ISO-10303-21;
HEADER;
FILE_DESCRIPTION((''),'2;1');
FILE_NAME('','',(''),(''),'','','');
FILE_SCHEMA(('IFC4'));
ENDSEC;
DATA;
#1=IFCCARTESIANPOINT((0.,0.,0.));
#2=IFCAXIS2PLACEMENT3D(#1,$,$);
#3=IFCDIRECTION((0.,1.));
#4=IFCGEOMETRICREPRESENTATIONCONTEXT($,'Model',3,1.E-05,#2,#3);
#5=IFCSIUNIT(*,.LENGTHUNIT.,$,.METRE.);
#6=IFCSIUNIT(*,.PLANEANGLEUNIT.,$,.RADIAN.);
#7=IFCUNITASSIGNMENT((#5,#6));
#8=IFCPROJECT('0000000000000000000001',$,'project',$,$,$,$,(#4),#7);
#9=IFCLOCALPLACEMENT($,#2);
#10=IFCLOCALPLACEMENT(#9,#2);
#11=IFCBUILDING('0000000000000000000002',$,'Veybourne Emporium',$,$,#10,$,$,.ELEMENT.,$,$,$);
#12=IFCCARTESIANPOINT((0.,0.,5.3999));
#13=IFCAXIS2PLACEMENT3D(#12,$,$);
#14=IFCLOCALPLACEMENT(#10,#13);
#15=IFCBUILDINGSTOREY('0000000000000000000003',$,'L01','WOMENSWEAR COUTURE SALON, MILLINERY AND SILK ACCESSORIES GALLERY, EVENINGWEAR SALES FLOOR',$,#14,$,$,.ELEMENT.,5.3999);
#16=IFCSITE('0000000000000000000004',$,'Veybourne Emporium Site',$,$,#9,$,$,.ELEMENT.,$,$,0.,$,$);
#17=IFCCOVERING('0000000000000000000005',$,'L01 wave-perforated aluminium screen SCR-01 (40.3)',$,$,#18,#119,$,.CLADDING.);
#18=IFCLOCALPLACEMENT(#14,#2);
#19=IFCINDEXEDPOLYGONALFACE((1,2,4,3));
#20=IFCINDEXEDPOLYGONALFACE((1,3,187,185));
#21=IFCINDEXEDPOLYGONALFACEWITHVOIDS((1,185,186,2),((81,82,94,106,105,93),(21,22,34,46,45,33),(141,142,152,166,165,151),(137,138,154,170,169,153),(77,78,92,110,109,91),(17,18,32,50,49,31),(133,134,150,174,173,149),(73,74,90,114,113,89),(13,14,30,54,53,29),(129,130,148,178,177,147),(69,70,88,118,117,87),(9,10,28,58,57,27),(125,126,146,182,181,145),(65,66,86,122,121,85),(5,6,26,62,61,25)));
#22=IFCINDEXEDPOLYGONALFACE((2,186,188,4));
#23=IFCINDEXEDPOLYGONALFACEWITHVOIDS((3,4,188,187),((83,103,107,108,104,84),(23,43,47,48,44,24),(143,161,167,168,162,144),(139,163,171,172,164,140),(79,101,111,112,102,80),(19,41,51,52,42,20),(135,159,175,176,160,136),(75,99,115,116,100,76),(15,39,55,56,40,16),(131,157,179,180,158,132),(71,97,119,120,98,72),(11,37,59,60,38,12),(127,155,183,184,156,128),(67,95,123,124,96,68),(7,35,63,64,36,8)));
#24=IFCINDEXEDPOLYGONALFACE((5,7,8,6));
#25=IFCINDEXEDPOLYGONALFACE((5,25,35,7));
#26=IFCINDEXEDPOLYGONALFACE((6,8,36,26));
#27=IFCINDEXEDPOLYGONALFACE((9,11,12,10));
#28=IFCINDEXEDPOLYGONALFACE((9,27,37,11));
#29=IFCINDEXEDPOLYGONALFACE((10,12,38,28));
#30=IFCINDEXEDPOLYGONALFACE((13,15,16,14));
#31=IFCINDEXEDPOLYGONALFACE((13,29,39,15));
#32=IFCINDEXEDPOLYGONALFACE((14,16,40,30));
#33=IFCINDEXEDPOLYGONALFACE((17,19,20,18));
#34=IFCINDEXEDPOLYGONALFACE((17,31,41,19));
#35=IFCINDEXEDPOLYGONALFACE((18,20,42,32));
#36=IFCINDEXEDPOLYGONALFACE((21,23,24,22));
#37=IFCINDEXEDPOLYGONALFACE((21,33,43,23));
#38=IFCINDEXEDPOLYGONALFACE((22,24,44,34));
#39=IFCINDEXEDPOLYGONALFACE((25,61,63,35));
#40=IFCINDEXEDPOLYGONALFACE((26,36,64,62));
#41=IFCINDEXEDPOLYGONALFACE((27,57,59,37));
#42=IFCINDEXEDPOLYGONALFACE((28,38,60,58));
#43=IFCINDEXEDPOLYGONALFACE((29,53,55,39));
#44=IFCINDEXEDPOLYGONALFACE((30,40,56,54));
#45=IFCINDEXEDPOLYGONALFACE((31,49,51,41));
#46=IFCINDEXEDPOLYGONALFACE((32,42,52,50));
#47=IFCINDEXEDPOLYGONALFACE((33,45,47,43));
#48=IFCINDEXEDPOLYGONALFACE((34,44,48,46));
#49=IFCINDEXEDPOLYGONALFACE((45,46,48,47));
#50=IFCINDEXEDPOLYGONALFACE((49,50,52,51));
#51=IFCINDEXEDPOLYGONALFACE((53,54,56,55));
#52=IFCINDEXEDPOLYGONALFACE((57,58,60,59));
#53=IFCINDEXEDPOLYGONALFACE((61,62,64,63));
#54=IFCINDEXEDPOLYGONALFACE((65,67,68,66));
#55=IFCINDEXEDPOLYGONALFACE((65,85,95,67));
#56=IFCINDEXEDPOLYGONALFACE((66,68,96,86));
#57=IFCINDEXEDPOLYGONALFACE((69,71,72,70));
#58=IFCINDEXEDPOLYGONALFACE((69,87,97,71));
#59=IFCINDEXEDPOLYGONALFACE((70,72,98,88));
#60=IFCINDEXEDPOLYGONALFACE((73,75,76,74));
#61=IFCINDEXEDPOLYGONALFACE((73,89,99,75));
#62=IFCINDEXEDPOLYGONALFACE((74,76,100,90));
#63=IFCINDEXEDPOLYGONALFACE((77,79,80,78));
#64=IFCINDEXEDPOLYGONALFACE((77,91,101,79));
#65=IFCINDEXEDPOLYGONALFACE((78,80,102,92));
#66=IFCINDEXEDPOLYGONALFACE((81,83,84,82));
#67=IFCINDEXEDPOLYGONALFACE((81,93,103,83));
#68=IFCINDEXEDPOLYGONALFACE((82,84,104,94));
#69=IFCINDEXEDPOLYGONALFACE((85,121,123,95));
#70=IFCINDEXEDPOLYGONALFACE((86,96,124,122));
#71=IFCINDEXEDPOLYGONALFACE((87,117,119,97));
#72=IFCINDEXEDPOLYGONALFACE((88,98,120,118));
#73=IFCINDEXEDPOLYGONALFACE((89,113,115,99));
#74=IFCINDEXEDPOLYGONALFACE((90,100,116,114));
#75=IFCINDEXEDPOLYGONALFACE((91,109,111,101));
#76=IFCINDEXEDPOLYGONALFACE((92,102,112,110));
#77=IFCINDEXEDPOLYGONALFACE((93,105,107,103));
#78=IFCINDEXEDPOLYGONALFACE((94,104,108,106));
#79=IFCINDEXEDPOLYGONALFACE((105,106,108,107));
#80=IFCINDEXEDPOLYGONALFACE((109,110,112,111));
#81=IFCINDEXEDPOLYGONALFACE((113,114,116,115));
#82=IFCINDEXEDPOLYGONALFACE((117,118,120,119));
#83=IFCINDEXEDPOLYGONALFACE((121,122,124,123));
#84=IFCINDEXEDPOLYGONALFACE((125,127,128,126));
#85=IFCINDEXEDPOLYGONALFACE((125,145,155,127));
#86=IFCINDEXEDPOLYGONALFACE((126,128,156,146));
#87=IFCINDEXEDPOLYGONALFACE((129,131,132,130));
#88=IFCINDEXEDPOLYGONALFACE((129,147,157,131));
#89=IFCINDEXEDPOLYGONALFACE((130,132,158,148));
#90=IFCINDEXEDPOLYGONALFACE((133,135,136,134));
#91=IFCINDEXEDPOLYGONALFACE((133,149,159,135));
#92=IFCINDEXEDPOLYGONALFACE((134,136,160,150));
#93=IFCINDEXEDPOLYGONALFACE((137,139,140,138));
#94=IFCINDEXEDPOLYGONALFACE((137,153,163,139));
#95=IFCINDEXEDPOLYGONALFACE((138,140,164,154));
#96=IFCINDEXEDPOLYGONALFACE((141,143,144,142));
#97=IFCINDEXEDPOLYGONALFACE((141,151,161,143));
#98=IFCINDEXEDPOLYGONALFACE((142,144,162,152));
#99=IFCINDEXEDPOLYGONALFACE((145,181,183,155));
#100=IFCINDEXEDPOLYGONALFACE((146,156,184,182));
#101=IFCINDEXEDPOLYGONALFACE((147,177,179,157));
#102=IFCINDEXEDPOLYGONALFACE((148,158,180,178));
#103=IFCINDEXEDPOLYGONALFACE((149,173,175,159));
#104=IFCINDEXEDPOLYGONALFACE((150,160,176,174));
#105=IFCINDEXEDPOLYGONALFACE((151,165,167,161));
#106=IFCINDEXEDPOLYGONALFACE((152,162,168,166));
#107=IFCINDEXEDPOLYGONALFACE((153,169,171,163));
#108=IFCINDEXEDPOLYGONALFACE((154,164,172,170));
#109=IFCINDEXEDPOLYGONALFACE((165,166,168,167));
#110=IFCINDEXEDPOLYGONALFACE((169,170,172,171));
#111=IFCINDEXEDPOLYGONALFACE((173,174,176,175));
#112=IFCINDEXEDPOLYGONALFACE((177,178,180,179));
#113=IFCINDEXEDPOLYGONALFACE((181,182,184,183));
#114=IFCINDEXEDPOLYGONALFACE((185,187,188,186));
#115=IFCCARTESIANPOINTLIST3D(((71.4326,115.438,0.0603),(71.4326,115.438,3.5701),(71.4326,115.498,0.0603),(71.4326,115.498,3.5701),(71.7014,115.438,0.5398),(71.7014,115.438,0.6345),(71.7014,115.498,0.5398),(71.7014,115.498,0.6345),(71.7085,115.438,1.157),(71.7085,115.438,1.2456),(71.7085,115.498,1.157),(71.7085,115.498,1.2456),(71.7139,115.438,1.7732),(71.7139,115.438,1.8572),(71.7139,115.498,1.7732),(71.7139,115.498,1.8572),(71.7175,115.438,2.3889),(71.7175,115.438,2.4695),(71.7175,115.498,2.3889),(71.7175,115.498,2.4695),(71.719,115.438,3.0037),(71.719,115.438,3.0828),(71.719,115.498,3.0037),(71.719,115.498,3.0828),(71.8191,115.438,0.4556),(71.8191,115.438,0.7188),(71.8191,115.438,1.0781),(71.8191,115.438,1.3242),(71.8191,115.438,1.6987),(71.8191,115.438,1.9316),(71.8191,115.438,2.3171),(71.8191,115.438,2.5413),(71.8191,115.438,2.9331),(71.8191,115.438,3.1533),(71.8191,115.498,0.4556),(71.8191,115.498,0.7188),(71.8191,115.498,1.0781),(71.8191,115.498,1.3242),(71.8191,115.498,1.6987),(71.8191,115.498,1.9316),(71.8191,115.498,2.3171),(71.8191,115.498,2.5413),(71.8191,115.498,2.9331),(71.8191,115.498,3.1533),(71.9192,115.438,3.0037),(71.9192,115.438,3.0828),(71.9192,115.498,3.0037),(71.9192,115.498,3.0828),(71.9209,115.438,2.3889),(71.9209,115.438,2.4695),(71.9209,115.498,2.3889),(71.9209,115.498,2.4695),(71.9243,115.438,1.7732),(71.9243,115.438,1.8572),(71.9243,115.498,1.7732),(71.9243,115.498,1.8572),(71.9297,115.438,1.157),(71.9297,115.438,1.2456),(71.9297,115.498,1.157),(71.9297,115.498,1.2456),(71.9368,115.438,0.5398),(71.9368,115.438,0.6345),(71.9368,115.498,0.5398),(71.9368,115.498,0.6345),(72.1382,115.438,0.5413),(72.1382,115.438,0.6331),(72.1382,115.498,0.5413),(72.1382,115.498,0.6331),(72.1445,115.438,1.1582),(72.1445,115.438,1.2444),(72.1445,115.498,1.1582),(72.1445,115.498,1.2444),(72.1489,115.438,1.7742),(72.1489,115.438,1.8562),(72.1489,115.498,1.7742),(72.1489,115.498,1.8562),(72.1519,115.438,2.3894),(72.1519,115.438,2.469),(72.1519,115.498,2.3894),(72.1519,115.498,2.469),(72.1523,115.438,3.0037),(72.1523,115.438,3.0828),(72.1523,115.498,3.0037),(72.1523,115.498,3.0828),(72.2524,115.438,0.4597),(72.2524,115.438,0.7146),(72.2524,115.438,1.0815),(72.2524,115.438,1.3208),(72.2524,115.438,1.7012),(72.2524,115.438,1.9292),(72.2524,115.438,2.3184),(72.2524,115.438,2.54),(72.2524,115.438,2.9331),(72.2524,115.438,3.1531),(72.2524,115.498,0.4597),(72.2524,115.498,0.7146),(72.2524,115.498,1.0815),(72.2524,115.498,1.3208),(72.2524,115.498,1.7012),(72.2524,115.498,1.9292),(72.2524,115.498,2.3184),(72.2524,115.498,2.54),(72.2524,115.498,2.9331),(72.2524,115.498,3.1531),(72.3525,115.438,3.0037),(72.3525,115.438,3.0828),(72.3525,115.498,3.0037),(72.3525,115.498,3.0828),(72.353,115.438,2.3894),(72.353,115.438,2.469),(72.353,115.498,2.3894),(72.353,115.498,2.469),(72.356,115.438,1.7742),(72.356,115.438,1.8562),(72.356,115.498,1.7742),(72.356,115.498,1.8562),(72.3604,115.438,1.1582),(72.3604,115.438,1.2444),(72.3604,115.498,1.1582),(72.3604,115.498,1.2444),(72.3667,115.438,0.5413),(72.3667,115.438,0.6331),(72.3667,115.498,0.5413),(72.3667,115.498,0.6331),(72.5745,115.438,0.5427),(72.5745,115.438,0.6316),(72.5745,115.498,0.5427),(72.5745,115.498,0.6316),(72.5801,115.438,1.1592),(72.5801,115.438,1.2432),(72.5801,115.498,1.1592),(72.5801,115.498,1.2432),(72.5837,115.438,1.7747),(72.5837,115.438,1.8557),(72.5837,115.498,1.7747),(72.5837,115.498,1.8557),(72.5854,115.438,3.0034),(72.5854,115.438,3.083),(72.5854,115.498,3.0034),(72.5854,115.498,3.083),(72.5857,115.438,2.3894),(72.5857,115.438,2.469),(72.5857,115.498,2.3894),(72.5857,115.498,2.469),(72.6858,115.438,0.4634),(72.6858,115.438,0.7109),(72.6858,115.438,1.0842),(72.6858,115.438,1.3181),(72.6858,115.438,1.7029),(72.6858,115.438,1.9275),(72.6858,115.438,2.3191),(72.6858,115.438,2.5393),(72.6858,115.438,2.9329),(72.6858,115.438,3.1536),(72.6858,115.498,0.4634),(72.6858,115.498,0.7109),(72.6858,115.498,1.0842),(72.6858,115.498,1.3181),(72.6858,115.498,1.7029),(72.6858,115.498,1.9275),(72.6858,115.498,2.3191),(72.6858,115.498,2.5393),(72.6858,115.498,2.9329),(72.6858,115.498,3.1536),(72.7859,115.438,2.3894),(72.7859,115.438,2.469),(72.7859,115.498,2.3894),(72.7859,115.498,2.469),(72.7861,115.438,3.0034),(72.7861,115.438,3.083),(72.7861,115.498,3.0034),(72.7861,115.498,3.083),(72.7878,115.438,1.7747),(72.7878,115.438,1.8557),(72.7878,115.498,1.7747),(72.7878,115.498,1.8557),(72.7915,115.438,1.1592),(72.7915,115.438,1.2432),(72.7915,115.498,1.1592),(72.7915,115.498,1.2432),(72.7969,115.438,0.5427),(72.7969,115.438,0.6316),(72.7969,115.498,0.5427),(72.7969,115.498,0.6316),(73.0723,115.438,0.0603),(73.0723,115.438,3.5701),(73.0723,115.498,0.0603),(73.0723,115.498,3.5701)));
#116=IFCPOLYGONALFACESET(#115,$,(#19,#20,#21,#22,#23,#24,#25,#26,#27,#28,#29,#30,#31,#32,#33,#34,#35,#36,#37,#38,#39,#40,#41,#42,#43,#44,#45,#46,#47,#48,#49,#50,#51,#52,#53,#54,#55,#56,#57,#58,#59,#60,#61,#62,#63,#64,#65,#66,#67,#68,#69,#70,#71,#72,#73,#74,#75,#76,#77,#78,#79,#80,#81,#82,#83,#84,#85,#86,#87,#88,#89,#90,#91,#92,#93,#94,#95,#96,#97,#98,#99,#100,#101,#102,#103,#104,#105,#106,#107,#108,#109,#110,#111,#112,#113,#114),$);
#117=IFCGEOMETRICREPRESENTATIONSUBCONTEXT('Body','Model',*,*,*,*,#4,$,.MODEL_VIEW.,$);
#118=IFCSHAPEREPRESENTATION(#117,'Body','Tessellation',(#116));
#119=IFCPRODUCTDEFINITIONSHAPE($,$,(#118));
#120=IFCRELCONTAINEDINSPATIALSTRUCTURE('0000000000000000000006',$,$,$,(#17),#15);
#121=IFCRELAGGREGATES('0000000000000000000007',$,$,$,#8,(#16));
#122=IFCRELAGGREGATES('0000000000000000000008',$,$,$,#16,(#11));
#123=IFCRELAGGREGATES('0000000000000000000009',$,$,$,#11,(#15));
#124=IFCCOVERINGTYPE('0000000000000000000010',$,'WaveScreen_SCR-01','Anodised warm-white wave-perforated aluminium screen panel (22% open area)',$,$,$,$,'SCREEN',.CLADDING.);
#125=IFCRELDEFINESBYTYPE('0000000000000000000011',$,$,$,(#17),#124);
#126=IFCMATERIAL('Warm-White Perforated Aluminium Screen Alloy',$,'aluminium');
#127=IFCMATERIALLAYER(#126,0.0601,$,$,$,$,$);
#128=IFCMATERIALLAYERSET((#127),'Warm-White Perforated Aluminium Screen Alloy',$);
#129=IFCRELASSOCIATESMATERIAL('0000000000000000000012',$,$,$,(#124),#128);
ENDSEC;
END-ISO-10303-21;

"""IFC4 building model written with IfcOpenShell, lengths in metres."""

from ifc_helpers import new_model, si_unit, direction, frame, origin, place, context, subcontext, project, spatial, polyline, outline, extrude, material, layer, layer_set, type_object, element, save


model = new_model("IFC4")

# Units and contexts
model_context = context("Model", 3, precision=1e-05, world=origin(), true_north=direction((0.0, 1.0)))
body_context = subcontext(model_context, "Body", "Model", "MODEL_VIEW")
ifc_project = project(units=[si_unit("LENGTHUNIT", "METRE"), si_unit("PLANEANGLEUNIT", "RADIAN")], contexts=[model_context])

# Site, building, storey
site_placement = place(None, origin())
site = spatial("IfcSite", under=ifc_project, at=site_placement, Name="Veybourne Emporium Site", CompositionType="ELEMENT", RefElevation=0.0)
building_placement = place(site_placement, origin())
building = spatial("IfcBuilding", under=site, at=building_placement, Name="Veybourne Emporium", CompositionType="ELEMENT")
storey_placement = place(building_placement, frame((0.0, 0.0, 5.3999)))
storey = spatial("IfcBuildingStorey", under=building, at=storey_placement, Name="L01", Description="WOMENSWEAR COUTURE SALON, MILLINERY AND SILK ACCESSORIES GALLERY, EVENINGWEAR SALES FLOOR", CompositionType="ELEMENT", Elevation=5.3999)

# Covering
ifc_material_1 = material(Name="Warm-White Perforated Aluminium Screen Alloy", Category="aluminium")
ifc_layer_1 = layer(ifc_material_1, 0.0601)
ifc_layer_set_1 = layer_set([ifc_layer_1], Name="Warm-White Perforated Aluminium Screen Alloy")
covering_type_1 = type_object("IfcCoveringType", Name="WaveScreen_SCR-01", Description="Anodised warm-white wave-perforated aluminium screen panel (22% open area)", ElementType="SCREEN", PredefinedType="CLADDING", material=ifc_layer_set_1)
covering_1_placement = place(storey_placement, frame((72.2524, 115.498, 1.8152), z_axis=(0.0, -1.0, 0.0), x_axis=(1.0, 0.0, 0.0)))
element("IfcCovering", 1, at=covering_1_placement, inside=storey, type_object=covering_type_1, Name="L01 wave-perforated aluminium screen SCR-01 (40.3)", PredefinedType="CLADDING", context=body_context, shape_type="SweptSolid", body=[
    extrude(outline(polyline([(-0.8198, -1.7549), (0.8198, -1.7549), (0.8198, 1.7549), (-0.8198, 1.7549), (-0.8198, -1.7549)]), holes=[polyline([(-0.4333, -1.0964), (-0.3157, -1.1807), (-0.3157, -1.2754), (-0.4333, -1.3596), (-0.551, -1.2754), (-0.551, -1.1807), (-0.4333, -1.0964)]), polyline([(-0.4333, -0.491), (-0.3228, -0.5696), (-0.3228, -0.6582), (-0.4333, -0.7371), (-0.5439, -0.6582), (-0.5439, -0.5696), (-0.4333, -0.491)]), polyline([(-0.4333, 0.1165), (-0.3281, 0.042), (-0.3281, -0.042), (-0.4333, -0.1165), (-0.5386, -0.042), (-0.5386, 0.042), (-0.4333, 0.1165)]), polyline([(-0.4333, 0.7261), (-0.3315, 0.6543), (-0.3315, 0.5737), (-0.4333, 0.502), (-0.5349, 0.5737), (-0.5349, 0.6543), (-0.4333, 0.7261)]), polyline([(-0.4333, 1.3381), (-0.3333, 1.2676), (-0.3333, 1.1885), (-0.4333, 1.1179), (-0.5334, 1.1885), (-0.5334, 1.2676), (-0.4333, 1.3381)]), polyline([(0.0, -1.1006), (0.1143, -1.1821), (0.1143, -1.2739), (0.0, -1.3555), (-0.1143, -1.2739), (-0.1143, -1.1821), (0.0, -1.1006)]), polyline([(0.0, -0.4944), (0.1079, -0.5708), (0.1079, -0.657), (0.0, -0.7336), (-0.1079, -0.657), (-0.1079, -0.5708), (0.0, -0.4944)]), polyline([(0.0, 0.114), (0.1035, 0.041), (0.1035, -0.041), (0.0, -0.114), (-0.1035, -0.041), (-0.1035, 0.041), (0.0, 0.114)]), polyline([(0.0, 0.7249), (0.1006, 0.6538), (0.1006, 0.5742), (0.0, 0.5032), (-0.1006, 0.5742), (-0.1006, 0.6538), (0.0, 0.7249)]), polyline([(0.0, 1.3379), (0.1001, 1.2676), (0.1001, 1.1885), (0.0, 1.1179), (-0.1001, 1.1885), (-0.1001, 1.2676), (0.0, 1.3379)]), polyline([(0.4333, -1.1042), (0.5444, -1.1836), (0.5444, -1.2725), (0.4333, -1.3518), (0.322, -1.2725), (0.322, -1.1836), (0.4333, -1.1042)]), polyline([(0.4333, -0.4971), (0.5391, -0.572), (0.5391, -0.656), (0.4333, -0.731), (0.3276, -0.656), (0.3276, -0.572), (0.4333, -0.4971)]), polyline([(0.4333, 0.1123), (0.5354, 0.0405), (0.5354, -0.0405), (0.4333, -0.1123), (0.3313, -0.0405), (0.3313, 0.0405), (0.4333, 0.1123)]), polyline([(0.4333, 0.7241), (0.5334, 0.6538), (0.5334, 0.5742), (0.4333, 0.5039), (0.3333, 0.5742), (0.3333, 0.6538), (0.4333, 0.7241)]), polyline([(0.4333, 1.3384), (0.5337, 1.2678), (0.5337, 1.1882), (0.4333, 1.1177), (0.333, 1.1882), (0.333, 1.2678), (0.4333, 1.3384)])]), origin(), (0.0, 0.0, 1.0), 0.0601),
])

save(model, "model.ifc")
